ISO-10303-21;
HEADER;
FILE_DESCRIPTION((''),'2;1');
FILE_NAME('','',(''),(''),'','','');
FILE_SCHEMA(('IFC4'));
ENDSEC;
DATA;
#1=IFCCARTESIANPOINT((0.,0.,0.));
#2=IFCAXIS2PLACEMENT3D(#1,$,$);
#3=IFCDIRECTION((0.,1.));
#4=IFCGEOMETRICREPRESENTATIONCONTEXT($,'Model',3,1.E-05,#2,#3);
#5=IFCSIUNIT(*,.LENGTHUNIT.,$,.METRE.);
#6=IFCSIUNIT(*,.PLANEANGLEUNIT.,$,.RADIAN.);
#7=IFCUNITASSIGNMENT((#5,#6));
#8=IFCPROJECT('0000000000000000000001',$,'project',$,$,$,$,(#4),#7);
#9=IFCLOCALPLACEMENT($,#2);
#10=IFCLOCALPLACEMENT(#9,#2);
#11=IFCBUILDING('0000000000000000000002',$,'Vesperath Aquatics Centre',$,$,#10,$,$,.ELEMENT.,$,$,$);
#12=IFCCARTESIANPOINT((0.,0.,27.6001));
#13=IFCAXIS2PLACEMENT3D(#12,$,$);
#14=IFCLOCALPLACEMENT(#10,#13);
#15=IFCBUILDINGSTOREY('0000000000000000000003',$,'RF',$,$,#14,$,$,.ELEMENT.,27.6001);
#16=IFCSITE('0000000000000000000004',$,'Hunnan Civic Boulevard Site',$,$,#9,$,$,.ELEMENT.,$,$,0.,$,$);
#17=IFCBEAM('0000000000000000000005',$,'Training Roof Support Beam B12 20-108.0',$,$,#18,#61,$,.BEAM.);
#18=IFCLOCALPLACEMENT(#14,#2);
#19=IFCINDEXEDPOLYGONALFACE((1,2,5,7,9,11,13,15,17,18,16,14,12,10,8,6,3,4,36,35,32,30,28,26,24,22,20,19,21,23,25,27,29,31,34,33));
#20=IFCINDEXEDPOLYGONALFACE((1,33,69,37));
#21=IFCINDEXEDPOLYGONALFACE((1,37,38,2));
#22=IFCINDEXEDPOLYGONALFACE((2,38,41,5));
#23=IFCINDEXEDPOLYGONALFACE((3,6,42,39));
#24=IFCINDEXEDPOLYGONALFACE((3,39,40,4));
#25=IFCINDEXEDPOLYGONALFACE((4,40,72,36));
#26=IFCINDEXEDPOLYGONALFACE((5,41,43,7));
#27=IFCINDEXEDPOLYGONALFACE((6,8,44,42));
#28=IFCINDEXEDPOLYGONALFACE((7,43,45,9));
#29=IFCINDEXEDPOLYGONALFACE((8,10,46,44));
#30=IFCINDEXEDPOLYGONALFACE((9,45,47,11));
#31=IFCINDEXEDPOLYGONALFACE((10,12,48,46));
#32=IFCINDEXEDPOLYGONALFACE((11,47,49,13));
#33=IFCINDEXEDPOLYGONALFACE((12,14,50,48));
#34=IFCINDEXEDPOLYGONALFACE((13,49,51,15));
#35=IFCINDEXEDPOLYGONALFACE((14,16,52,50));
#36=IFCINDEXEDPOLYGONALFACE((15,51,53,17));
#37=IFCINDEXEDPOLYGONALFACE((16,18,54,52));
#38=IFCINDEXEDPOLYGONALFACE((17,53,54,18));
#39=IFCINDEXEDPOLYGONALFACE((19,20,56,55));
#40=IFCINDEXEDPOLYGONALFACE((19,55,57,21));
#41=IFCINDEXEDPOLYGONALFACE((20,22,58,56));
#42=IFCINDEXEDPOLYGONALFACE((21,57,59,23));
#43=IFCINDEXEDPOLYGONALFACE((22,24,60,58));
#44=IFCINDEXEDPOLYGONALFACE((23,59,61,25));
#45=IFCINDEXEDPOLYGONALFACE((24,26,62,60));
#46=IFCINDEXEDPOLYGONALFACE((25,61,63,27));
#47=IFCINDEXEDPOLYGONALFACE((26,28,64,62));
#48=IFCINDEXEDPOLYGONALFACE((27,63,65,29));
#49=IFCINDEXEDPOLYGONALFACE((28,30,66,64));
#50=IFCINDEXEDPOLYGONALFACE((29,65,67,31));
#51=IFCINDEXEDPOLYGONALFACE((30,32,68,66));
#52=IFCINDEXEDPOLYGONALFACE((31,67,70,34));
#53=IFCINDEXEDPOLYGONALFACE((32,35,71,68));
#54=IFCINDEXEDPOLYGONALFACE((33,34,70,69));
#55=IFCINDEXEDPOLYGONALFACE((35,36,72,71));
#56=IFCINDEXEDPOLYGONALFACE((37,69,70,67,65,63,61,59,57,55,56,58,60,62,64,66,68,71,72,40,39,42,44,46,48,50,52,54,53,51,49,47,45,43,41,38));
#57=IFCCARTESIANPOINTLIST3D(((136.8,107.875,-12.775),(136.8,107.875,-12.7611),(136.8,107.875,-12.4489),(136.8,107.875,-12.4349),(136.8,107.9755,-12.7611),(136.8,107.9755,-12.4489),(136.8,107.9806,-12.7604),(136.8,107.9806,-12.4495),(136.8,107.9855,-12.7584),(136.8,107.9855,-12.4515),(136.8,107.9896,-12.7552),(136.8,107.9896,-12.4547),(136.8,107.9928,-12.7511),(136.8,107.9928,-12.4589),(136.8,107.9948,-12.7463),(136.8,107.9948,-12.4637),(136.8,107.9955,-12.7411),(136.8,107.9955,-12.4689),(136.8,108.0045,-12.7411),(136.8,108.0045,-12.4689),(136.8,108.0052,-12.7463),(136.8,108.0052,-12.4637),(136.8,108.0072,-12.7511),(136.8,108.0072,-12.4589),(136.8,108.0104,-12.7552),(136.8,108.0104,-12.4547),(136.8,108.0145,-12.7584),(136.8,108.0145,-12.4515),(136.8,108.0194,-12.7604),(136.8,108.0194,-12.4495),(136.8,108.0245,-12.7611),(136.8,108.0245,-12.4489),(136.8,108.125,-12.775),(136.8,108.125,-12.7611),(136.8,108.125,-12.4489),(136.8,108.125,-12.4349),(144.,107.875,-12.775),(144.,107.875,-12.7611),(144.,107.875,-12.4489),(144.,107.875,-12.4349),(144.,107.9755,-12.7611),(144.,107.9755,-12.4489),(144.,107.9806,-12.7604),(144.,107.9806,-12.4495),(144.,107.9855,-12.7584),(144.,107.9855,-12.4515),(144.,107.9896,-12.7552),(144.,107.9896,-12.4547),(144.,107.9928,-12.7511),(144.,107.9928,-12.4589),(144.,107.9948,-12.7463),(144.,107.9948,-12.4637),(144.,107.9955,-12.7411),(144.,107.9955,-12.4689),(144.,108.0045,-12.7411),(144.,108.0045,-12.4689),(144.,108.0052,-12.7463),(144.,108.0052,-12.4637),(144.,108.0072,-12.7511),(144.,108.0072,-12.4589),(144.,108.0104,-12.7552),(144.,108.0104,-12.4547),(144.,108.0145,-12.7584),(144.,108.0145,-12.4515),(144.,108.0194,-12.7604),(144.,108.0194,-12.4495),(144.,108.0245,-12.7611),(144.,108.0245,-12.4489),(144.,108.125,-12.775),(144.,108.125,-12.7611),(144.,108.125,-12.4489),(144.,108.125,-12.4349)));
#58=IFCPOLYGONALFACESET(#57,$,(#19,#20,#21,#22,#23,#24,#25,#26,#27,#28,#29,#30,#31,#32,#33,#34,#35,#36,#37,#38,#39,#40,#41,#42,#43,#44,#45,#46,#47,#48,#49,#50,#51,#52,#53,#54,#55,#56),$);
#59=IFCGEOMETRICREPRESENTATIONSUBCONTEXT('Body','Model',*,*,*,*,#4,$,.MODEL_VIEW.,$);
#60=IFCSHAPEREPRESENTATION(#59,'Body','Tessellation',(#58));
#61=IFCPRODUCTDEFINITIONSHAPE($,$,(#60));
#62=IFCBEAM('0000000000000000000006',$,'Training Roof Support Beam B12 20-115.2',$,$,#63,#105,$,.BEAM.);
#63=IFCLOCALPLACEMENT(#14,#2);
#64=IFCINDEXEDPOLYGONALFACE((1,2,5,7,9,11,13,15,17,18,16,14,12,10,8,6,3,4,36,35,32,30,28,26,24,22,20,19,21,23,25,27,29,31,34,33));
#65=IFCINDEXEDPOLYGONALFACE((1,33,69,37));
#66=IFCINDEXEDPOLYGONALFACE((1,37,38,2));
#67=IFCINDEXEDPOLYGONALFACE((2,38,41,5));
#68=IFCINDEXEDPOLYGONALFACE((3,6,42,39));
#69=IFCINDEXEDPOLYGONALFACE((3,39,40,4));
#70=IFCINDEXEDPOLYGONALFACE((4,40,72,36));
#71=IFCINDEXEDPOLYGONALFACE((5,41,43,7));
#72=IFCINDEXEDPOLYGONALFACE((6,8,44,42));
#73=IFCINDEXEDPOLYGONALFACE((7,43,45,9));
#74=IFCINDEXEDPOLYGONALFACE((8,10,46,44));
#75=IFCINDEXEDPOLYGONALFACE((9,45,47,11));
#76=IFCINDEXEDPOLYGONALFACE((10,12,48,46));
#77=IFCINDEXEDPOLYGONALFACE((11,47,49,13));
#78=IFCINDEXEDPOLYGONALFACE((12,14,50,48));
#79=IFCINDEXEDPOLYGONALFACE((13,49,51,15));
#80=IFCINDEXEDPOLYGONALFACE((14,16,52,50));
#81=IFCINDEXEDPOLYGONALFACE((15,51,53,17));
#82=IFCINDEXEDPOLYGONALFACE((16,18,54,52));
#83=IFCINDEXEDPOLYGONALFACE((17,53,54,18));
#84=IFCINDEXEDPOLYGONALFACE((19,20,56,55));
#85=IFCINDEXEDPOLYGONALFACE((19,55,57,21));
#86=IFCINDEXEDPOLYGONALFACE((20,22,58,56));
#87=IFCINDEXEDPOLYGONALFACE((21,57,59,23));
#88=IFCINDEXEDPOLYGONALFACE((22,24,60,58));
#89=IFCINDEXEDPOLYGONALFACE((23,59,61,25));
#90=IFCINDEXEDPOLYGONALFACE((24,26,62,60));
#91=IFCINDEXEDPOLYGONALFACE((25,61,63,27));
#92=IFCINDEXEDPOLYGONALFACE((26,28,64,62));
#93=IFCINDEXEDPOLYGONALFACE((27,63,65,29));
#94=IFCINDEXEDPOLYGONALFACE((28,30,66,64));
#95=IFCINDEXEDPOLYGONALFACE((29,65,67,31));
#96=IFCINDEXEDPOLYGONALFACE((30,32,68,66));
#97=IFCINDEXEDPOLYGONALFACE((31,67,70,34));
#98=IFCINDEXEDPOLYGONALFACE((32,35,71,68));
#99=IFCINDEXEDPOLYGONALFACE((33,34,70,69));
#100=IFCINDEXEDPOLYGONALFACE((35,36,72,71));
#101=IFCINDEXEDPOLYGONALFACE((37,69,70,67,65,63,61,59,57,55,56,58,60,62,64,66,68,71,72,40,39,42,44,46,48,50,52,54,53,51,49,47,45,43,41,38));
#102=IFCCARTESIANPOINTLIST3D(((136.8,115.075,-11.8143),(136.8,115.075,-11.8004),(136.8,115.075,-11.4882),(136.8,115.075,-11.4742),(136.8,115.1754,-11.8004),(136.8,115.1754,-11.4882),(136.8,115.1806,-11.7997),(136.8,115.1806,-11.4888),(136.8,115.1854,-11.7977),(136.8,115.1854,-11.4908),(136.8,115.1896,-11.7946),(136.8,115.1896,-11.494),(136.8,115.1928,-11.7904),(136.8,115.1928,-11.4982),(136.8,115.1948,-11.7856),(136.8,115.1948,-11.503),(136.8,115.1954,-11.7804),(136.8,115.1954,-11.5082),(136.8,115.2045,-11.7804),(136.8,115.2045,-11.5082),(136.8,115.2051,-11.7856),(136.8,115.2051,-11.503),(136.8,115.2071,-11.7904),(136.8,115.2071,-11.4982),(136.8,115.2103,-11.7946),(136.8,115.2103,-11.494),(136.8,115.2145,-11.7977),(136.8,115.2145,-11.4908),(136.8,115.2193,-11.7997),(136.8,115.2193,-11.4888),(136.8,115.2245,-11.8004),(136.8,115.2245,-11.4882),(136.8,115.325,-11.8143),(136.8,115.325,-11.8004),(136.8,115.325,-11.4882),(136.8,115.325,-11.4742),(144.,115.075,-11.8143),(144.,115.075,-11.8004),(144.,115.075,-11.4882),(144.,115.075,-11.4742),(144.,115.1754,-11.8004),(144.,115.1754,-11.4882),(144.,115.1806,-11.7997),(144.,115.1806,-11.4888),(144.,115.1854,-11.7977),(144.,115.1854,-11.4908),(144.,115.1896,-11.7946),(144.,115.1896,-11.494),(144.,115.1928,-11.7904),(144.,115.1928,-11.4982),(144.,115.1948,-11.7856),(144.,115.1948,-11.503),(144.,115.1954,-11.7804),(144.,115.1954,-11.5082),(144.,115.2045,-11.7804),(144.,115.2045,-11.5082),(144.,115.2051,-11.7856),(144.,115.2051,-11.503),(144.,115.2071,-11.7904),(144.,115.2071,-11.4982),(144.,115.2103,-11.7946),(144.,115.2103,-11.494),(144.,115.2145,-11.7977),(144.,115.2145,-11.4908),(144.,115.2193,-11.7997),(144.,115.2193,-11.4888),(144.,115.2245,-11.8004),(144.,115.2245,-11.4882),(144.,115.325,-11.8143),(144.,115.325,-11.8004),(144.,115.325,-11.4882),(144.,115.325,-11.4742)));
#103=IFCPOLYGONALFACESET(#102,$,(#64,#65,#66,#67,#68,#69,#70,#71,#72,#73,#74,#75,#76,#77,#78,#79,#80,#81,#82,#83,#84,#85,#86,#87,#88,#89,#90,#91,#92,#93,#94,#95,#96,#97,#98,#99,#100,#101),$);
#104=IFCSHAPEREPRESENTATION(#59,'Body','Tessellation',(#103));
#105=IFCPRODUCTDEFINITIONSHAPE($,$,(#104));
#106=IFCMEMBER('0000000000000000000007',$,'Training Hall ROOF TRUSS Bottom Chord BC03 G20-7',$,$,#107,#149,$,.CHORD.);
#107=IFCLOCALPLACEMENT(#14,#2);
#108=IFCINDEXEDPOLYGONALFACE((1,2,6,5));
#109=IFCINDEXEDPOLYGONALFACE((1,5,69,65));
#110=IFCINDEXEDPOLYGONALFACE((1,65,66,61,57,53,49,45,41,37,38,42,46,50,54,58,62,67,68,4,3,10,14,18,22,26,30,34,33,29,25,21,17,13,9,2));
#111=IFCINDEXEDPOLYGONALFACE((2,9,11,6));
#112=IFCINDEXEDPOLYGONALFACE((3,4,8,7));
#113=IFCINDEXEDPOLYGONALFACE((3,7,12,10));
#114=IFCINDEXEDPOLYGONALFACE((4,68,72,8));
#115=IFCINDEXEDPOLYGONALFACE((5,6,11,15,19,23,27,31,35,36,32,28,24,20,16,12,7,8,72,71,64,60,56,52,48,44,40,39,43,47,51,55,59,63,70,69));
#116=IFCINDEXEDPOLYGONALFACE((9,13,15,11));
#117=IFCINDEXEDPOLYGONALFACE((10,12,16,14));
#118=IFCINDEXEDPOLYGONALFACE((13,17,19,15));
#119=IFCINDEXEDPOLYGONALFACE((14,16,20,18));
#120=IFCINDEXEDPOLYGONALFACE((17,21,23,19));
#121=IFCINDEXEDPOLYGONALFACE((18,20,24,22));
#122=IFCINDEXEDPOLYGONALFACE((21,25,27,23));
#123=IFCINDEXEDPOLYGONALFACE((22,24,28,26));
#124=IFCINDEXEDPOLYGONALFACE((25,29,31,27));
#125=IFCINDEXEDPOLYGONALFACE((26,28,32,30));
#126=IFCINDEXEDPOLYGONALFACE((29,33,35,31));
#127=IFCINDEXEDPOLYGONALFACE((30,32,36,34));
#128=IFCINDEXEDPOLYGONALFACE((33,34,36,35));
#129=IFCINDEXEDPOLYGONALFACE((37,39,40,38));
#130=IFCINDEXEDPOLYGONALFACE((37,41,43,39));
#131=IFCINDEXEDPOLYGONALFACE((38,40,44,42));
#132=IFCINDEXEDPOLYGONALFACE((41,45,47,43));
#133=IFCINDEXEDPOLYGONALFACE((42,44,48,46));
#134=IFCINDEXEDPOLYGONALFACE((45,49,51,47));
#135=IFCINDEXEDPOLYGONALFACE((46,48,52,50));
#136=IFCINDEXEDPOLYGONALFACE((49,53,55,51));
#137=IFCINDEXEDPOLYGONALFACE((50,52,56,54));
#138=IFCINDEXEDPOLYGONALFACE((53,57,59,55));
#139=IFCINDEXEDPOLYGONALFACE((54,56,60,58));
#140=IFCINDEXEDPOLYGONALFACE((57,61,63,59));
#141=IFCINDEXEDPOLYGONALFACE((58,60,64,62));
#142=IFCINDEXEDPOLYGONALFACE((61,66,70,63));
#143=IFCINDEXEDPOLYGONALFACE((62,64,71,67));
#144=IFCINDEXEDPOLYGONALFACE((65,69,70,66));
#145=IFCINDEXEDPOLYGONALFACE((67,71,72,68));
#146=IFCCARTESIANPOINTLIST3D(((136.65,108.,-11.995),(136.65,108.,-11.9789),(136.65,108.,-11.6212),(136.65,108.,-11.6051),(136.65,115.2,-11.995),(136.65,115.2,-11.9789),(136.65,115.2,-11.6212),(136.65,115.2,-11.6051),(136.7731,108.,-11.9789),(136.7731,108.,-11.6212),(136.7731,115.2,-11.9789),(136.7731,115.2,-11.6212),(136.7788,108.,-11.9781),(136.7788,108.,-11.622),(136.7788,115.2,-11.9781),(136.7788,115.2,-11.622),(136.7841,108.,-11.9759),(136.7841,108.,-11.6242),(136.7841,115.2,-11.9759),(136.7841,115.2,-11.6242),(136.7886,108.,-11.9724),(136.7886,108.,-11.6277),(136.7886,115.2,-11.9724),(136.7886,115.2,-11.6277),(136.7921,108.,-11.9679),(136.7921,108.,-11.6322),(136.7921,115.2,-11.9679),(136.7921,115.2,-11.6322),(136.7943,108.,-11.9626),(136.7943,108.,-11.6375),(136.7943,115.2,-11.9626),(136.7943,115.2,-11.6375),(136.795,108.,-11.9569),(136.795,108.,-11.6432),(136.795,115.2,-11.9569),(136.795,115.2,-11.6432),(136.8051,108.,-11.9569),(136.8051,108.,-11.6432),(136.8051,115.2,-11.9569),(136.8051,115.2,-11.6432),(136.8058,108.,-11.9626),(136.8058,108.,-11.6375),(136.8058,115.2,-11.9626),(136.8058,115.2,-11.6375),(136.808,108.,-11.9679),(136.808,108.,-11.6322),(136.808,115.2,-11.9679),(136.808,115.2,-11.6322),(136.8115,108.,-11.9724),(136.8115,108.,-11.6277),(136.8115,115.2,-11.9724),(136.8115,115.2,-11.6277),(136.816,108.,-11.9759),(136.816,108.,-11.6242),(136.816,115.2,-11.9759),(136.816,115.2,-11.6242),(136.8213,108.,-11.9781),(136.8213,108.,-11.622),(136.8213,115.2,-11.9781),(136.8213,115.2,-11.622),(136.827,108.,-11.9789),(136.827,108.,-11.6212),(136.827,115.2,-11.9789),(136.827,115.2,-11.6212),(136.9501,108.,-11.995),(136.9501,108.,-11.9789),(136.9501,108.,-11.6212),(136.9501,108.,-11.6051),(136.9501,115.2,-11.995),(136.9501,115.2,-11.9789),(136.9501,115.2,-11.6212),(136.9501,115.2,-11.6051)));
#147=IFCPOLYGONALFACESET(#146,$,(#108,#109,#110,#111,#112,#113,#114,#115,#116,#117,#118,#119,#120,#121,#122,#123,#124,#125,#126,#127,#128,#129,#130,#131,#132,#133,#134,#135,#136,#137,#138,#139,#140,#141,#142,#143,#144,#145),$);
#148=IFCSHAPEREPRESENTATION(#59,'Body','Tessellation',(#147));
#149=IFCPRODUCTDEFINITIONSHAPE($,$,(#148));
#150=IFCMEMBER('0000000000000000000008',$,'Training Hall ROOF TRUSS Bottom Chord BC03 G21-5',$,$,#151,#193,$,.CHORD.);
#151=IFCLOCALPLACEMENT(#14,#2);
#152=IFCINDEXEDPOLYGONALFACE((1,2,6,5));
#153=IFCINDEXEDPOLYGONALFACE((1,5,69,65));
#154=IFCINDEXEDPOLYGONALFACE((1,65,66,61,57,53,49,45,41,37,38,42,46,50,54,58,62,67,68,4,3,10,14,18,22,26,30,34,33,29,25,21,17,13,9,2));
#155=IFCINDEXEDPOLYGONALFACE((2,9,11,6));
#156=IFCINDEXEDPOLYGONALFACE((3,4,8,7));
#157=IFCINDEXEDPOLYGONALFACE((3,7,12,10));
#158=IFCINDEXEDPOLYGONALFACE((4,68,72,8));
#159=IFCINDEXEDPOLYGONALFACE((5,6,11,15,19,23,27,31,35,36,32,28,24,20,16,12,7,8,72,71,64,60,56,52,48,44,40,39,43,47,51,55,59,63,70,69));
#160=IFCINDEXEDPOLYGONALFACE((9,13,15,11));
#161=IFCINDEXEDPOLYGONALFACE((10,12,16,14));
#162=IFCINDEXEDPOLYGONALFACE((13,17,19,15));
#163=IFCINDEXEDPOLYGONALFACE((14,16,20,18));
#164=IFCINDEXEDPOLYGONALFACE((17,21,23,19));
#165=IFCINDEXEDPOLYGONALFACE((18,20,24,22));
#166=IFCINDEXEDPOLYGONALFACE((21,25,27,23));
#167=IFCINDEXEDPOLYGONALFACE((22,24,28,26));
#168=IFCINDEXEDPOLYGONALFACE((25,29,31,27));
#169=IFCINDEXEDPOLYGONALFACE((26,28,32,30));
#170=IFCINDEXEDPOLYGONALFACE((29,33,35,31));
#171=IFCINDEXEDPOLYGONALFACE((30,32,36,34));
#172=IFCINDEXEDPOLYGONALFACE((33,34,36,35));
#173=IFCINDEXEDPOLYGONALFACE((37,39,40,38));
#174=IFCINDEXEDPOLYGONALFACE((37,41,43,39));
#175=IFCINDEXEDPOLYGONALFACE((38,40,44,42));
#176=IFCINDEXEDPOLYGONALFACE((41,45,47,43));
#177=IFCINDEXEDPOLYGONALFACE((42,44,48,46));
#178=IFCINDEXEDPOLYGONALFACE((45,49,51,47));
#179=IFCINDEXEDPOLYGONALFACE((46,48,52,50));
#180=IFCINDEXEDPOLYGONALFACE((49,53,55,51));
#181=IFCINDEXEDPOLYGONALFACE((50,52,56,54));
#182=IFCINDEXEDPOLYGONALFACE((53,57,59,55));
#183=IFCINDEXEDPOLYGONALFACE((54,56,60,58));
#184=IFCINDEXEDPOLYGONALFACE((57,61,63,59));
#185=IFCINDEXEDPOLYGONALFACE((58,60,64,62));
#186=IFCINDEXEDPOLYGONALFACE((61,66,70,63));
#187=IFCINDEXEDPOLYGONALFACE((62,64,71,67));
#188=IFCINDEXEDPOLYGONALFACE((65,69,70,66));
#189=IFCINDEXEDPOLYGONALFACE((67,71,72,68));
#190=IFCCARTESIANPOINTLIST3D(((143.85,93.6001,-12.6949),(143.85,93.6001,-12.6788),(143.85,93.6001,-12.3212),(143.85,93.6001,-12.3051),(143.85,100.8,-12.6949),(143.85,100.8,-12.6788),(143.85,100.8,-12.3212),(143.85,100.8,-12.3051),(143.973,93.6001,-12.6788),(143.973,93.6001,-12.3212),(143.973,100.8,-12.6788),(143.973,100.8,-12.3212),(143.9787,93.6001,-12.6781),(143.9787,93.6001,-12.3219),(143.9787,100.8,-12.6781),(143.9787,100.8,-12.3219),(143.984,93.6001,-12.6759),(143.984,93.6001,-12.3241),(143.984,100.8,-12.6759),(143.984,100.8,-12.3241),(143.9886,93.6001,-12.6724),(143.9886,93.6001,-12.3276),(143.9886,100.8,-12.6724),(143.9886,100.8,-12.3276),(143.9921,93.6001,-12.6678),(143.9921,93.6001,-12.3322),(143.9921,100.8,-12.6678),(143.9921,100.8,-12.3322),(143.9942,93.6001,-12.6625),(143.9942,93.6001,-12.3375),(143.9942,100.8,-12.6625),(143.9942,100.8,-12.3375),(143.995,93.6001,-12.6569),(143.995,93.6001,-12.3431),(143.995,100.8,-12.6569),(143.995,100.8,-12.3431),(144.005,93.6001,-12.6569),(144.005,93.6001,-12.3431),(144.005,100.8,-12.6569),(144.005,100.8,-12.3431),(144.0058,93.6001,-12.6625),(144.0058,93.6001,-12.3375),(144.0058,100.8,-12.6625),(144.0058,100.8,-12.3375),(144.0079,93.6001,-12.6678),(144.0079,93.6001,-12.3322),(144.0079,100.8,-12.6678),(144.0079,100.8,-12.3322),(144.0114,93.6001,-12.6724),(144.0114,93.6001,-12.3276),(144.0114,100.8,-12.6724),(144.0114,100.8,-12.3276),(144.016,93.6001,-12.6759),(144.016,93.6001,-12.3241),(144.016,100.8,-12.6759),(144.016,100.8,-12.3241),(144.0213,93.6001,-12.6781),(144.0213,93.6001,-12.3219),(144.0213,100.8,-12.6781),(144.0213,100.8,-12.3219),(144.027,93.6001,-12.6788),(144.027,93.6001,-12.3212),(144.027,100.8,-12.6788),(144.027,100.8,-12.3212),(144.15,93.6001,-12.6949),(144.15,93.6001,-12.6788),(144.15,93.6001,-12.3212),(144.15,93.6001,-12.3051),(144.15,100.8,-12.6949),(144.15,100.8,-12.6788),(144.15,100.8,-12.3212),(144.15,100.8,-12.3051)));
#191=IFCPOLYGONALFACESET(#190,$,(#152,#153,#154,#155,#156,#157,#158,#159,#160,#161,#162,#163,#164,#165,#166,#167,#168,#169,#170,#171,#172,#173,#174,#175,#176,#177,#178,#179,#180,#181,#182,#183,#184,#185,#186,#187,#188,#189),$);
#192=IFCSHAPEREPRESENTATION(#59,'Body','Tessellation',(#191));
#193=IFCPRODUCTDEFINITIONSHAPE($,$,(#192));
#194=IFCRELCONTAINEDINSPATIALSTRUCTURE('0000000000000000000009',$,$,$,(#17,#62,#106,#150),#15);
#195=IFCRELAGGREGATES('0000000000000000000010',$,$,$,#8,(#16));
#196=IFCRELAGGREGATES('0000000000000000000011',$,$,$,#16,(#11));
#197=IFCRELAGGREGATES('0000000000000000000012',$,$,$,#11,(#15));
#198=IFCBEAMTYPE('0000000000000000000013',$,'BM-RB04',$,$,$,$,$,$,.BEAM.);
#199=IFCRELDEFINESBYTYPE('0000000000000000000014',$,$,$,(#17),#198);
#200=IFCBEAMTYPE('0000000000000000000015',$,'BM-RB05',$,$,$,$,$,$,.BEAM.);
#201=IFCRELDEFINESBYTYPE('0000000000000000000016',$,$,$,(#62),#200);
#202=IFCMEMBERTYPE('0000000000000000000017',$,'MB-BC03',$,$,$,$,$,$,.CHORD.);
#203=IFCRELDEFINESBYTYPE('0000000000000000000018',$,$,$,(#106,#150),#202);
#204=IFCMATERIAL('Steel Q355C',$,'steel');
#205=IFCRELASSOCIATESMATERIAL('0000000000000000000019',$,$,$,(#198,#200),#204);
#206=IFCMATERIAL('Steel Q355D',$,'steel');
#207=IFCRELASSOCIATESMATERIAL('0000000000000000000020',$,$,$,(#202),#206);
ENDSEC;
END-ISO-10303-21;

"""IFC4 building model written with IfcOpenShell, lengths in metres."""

from ifc_helpers import new_model, si_unit, direction, frame, origin, origin_2d, place, context, subcontext, project, spatial, i_section, extrude, material, material_profile, profile_set, type_object, element, save


model = new_model("IFC4")

# Units and contexts
model_context = context("Model", 3, precision=1e-05, world=origin(), true_north=direction((0.0, 1.0)))
body_context = subcontext(model_context, "Body", "Model", "MODEL_VIEW")
ifc_project = project(units=[si_unit("LENGTHUNIT", "METRE"), si_unit("PLANEANGLEUNIT", "RADIAN")], contexts=[model_context])

# Site, building, storey
site_placement = place(None, origin())
site = spatial("IfcSite", under=ifc_project, at=site_placement, Name="Hunnan Civic Boulevard Site", CompositionType="ELEMENT", RefElevation=0.0)
building_placement = place(site_placement, origin())
building = spatial("IfcBuilding", under=site, at=building_placement, Name="Vesperath Aquatics Centre", CompositionType="ELEMENT")
storey_placement = place(building_placement, frame((0.0, 0.0, 27.6001)))
storey = spatial("IfcBuildingStorey", under=building, at=storey_placement, Name="RF", CompositionType="ELEMENT", Elevation=27.6001)

# Beams
ifc_material_1 = material(Name="Steel Q355C", Category="steel")
ifc_material_profile_1 = material_profile(ifc_material_1, i_section(OverallWidth=0.25, OverallDepth=0.3401, WebThickness=0.009, FlangeThickness=0.0139, FilletRadius=0.02, at=origin_2d()), Name="HM 340x250x9x14")
ifc_profile_set_1 = profile_set([ifc_material_profile_1], Name="Steel Q355C")
beam_type_1 = type_object("IfcBeamType", Name="BM-RB04", PredefinedType="BEAM", material=ifc_profile_set_1)
beam_1_placement = place(storey_placement, frame((136.8, 108.0, -12.605), z_axis=(1.0, 0.0, 0.0), x_axis=(0.0, 1.0, 0.0)))
element("IfcBeam", 1, at=beam_1_placement, inside=storey, type_object=beam_type_1, Name="Training Roof Support Beam B12 20-108.0", PredefinedType="BEAM", context=body_context, shape_type="SweptSolid", body=[
    extrude(i_section(OverallWidth=0.25, OverallDepth=0.3401, WebThickness=0.009, FlangeThickness=0.0139, FilletRadius=0.02, at=origin_2d()), origin(), (0.0, 0.0, 1.0), 7.2),
])
ifc_material_profile_2 = material_profile(ifc_material_1, i_section(OverallWidth=0.25, OverallDepth=0.3401, WebThickness=0.009, FlangeThickness=0.0139, FilletRadius=0.02, at=origin_2d()), Name="HM 340x250x9x14")
ifc_profile_set_2 = profile_set([ifc_material_profile_2], Name="Steel Q355C")
beam_type_2 = type_object("IfcBeamType", Name="BM-RB05", PredefinedType="BEAM", material=ifc_profile_set_2)
beam_2_placement = place(storey_placement, frame((136.8, 115.2, -11.6443), z_axis=(1.0, 0.0, 0.0), x_axis=(0.0, 1.0, 0.0)))
element("IfcBeam", 2, at=beam_2_placement, inside=storey, type_object=beam_type_2, Name="Training Roof Support Beam B12 20-115.2", PredefinedType="BEAM", context=body_context, shape_type="SweptSolid", body=[
    extrude(i_section(OverallWidth=0.25, OverallDepth=0.3401, WebThickness=0.009, FlangeThickness=0.0139, FilletRadius=0.02, at=origin_2d()), origin(), (0.0, 0.0, 1.0), 7.2),
])

# Members
ifc_material_2 = material(Name="Steel Q355D", Category="steel")
ifc_material_profile_3 = material_profile(ifc_material_2, i_section(OverallWidth=0.3, OverallDepth=0.3899, WebThickness=0.01, FlangeThickness=0.0161, FilletRadius=0.022, at=origin_2d()), Name="HM 390x300x10x16")
ifc_profile_set_3 = profile_set([ifc_material_profile_3], Name="Steel Q355D")
member_type_1 = type_object("IfcMemberType", Name="MB-BC03", PredefinedType="CHORD", material=ifc_profile_set_3)
for number, where, z_axis, x_axis, name in (
    (3, (136.8, 108.0, -11.8), (0.0, 1.0, 0.0), (-1.0, 0.0, 0.0), "Training Hall ROOF TRUSS Bottom Chord BC03 G20-7"),
    (4, (144.0, 93.6001, -12.5), (0.0, 1.0, 0.0), (-1.0, 0.0, 0.0), "Training Hall ROOF TRUSS Bottom Chord BC03 G21-5"),
):
    element("IfcMember", number, at=place(storey_placement, frame(where, z_axis=z_axis, x_axis=x_axis)), inside=storey, type_object=member_type_1, Name=name, PredefinedType="CHORD", context=body_context, shape_type="SweptSolid", body=[
        extrude(i_section(OverallWidth=0.3, OverallDepth=0.3899, WebThickness=0.01, FlangeThickness=0.0161, FilletRadius=0.022, at=origin_2d()), origin(), (0.0, 0.0, 1.0), 7.2),
    ])

save(model, "model.ifc")
